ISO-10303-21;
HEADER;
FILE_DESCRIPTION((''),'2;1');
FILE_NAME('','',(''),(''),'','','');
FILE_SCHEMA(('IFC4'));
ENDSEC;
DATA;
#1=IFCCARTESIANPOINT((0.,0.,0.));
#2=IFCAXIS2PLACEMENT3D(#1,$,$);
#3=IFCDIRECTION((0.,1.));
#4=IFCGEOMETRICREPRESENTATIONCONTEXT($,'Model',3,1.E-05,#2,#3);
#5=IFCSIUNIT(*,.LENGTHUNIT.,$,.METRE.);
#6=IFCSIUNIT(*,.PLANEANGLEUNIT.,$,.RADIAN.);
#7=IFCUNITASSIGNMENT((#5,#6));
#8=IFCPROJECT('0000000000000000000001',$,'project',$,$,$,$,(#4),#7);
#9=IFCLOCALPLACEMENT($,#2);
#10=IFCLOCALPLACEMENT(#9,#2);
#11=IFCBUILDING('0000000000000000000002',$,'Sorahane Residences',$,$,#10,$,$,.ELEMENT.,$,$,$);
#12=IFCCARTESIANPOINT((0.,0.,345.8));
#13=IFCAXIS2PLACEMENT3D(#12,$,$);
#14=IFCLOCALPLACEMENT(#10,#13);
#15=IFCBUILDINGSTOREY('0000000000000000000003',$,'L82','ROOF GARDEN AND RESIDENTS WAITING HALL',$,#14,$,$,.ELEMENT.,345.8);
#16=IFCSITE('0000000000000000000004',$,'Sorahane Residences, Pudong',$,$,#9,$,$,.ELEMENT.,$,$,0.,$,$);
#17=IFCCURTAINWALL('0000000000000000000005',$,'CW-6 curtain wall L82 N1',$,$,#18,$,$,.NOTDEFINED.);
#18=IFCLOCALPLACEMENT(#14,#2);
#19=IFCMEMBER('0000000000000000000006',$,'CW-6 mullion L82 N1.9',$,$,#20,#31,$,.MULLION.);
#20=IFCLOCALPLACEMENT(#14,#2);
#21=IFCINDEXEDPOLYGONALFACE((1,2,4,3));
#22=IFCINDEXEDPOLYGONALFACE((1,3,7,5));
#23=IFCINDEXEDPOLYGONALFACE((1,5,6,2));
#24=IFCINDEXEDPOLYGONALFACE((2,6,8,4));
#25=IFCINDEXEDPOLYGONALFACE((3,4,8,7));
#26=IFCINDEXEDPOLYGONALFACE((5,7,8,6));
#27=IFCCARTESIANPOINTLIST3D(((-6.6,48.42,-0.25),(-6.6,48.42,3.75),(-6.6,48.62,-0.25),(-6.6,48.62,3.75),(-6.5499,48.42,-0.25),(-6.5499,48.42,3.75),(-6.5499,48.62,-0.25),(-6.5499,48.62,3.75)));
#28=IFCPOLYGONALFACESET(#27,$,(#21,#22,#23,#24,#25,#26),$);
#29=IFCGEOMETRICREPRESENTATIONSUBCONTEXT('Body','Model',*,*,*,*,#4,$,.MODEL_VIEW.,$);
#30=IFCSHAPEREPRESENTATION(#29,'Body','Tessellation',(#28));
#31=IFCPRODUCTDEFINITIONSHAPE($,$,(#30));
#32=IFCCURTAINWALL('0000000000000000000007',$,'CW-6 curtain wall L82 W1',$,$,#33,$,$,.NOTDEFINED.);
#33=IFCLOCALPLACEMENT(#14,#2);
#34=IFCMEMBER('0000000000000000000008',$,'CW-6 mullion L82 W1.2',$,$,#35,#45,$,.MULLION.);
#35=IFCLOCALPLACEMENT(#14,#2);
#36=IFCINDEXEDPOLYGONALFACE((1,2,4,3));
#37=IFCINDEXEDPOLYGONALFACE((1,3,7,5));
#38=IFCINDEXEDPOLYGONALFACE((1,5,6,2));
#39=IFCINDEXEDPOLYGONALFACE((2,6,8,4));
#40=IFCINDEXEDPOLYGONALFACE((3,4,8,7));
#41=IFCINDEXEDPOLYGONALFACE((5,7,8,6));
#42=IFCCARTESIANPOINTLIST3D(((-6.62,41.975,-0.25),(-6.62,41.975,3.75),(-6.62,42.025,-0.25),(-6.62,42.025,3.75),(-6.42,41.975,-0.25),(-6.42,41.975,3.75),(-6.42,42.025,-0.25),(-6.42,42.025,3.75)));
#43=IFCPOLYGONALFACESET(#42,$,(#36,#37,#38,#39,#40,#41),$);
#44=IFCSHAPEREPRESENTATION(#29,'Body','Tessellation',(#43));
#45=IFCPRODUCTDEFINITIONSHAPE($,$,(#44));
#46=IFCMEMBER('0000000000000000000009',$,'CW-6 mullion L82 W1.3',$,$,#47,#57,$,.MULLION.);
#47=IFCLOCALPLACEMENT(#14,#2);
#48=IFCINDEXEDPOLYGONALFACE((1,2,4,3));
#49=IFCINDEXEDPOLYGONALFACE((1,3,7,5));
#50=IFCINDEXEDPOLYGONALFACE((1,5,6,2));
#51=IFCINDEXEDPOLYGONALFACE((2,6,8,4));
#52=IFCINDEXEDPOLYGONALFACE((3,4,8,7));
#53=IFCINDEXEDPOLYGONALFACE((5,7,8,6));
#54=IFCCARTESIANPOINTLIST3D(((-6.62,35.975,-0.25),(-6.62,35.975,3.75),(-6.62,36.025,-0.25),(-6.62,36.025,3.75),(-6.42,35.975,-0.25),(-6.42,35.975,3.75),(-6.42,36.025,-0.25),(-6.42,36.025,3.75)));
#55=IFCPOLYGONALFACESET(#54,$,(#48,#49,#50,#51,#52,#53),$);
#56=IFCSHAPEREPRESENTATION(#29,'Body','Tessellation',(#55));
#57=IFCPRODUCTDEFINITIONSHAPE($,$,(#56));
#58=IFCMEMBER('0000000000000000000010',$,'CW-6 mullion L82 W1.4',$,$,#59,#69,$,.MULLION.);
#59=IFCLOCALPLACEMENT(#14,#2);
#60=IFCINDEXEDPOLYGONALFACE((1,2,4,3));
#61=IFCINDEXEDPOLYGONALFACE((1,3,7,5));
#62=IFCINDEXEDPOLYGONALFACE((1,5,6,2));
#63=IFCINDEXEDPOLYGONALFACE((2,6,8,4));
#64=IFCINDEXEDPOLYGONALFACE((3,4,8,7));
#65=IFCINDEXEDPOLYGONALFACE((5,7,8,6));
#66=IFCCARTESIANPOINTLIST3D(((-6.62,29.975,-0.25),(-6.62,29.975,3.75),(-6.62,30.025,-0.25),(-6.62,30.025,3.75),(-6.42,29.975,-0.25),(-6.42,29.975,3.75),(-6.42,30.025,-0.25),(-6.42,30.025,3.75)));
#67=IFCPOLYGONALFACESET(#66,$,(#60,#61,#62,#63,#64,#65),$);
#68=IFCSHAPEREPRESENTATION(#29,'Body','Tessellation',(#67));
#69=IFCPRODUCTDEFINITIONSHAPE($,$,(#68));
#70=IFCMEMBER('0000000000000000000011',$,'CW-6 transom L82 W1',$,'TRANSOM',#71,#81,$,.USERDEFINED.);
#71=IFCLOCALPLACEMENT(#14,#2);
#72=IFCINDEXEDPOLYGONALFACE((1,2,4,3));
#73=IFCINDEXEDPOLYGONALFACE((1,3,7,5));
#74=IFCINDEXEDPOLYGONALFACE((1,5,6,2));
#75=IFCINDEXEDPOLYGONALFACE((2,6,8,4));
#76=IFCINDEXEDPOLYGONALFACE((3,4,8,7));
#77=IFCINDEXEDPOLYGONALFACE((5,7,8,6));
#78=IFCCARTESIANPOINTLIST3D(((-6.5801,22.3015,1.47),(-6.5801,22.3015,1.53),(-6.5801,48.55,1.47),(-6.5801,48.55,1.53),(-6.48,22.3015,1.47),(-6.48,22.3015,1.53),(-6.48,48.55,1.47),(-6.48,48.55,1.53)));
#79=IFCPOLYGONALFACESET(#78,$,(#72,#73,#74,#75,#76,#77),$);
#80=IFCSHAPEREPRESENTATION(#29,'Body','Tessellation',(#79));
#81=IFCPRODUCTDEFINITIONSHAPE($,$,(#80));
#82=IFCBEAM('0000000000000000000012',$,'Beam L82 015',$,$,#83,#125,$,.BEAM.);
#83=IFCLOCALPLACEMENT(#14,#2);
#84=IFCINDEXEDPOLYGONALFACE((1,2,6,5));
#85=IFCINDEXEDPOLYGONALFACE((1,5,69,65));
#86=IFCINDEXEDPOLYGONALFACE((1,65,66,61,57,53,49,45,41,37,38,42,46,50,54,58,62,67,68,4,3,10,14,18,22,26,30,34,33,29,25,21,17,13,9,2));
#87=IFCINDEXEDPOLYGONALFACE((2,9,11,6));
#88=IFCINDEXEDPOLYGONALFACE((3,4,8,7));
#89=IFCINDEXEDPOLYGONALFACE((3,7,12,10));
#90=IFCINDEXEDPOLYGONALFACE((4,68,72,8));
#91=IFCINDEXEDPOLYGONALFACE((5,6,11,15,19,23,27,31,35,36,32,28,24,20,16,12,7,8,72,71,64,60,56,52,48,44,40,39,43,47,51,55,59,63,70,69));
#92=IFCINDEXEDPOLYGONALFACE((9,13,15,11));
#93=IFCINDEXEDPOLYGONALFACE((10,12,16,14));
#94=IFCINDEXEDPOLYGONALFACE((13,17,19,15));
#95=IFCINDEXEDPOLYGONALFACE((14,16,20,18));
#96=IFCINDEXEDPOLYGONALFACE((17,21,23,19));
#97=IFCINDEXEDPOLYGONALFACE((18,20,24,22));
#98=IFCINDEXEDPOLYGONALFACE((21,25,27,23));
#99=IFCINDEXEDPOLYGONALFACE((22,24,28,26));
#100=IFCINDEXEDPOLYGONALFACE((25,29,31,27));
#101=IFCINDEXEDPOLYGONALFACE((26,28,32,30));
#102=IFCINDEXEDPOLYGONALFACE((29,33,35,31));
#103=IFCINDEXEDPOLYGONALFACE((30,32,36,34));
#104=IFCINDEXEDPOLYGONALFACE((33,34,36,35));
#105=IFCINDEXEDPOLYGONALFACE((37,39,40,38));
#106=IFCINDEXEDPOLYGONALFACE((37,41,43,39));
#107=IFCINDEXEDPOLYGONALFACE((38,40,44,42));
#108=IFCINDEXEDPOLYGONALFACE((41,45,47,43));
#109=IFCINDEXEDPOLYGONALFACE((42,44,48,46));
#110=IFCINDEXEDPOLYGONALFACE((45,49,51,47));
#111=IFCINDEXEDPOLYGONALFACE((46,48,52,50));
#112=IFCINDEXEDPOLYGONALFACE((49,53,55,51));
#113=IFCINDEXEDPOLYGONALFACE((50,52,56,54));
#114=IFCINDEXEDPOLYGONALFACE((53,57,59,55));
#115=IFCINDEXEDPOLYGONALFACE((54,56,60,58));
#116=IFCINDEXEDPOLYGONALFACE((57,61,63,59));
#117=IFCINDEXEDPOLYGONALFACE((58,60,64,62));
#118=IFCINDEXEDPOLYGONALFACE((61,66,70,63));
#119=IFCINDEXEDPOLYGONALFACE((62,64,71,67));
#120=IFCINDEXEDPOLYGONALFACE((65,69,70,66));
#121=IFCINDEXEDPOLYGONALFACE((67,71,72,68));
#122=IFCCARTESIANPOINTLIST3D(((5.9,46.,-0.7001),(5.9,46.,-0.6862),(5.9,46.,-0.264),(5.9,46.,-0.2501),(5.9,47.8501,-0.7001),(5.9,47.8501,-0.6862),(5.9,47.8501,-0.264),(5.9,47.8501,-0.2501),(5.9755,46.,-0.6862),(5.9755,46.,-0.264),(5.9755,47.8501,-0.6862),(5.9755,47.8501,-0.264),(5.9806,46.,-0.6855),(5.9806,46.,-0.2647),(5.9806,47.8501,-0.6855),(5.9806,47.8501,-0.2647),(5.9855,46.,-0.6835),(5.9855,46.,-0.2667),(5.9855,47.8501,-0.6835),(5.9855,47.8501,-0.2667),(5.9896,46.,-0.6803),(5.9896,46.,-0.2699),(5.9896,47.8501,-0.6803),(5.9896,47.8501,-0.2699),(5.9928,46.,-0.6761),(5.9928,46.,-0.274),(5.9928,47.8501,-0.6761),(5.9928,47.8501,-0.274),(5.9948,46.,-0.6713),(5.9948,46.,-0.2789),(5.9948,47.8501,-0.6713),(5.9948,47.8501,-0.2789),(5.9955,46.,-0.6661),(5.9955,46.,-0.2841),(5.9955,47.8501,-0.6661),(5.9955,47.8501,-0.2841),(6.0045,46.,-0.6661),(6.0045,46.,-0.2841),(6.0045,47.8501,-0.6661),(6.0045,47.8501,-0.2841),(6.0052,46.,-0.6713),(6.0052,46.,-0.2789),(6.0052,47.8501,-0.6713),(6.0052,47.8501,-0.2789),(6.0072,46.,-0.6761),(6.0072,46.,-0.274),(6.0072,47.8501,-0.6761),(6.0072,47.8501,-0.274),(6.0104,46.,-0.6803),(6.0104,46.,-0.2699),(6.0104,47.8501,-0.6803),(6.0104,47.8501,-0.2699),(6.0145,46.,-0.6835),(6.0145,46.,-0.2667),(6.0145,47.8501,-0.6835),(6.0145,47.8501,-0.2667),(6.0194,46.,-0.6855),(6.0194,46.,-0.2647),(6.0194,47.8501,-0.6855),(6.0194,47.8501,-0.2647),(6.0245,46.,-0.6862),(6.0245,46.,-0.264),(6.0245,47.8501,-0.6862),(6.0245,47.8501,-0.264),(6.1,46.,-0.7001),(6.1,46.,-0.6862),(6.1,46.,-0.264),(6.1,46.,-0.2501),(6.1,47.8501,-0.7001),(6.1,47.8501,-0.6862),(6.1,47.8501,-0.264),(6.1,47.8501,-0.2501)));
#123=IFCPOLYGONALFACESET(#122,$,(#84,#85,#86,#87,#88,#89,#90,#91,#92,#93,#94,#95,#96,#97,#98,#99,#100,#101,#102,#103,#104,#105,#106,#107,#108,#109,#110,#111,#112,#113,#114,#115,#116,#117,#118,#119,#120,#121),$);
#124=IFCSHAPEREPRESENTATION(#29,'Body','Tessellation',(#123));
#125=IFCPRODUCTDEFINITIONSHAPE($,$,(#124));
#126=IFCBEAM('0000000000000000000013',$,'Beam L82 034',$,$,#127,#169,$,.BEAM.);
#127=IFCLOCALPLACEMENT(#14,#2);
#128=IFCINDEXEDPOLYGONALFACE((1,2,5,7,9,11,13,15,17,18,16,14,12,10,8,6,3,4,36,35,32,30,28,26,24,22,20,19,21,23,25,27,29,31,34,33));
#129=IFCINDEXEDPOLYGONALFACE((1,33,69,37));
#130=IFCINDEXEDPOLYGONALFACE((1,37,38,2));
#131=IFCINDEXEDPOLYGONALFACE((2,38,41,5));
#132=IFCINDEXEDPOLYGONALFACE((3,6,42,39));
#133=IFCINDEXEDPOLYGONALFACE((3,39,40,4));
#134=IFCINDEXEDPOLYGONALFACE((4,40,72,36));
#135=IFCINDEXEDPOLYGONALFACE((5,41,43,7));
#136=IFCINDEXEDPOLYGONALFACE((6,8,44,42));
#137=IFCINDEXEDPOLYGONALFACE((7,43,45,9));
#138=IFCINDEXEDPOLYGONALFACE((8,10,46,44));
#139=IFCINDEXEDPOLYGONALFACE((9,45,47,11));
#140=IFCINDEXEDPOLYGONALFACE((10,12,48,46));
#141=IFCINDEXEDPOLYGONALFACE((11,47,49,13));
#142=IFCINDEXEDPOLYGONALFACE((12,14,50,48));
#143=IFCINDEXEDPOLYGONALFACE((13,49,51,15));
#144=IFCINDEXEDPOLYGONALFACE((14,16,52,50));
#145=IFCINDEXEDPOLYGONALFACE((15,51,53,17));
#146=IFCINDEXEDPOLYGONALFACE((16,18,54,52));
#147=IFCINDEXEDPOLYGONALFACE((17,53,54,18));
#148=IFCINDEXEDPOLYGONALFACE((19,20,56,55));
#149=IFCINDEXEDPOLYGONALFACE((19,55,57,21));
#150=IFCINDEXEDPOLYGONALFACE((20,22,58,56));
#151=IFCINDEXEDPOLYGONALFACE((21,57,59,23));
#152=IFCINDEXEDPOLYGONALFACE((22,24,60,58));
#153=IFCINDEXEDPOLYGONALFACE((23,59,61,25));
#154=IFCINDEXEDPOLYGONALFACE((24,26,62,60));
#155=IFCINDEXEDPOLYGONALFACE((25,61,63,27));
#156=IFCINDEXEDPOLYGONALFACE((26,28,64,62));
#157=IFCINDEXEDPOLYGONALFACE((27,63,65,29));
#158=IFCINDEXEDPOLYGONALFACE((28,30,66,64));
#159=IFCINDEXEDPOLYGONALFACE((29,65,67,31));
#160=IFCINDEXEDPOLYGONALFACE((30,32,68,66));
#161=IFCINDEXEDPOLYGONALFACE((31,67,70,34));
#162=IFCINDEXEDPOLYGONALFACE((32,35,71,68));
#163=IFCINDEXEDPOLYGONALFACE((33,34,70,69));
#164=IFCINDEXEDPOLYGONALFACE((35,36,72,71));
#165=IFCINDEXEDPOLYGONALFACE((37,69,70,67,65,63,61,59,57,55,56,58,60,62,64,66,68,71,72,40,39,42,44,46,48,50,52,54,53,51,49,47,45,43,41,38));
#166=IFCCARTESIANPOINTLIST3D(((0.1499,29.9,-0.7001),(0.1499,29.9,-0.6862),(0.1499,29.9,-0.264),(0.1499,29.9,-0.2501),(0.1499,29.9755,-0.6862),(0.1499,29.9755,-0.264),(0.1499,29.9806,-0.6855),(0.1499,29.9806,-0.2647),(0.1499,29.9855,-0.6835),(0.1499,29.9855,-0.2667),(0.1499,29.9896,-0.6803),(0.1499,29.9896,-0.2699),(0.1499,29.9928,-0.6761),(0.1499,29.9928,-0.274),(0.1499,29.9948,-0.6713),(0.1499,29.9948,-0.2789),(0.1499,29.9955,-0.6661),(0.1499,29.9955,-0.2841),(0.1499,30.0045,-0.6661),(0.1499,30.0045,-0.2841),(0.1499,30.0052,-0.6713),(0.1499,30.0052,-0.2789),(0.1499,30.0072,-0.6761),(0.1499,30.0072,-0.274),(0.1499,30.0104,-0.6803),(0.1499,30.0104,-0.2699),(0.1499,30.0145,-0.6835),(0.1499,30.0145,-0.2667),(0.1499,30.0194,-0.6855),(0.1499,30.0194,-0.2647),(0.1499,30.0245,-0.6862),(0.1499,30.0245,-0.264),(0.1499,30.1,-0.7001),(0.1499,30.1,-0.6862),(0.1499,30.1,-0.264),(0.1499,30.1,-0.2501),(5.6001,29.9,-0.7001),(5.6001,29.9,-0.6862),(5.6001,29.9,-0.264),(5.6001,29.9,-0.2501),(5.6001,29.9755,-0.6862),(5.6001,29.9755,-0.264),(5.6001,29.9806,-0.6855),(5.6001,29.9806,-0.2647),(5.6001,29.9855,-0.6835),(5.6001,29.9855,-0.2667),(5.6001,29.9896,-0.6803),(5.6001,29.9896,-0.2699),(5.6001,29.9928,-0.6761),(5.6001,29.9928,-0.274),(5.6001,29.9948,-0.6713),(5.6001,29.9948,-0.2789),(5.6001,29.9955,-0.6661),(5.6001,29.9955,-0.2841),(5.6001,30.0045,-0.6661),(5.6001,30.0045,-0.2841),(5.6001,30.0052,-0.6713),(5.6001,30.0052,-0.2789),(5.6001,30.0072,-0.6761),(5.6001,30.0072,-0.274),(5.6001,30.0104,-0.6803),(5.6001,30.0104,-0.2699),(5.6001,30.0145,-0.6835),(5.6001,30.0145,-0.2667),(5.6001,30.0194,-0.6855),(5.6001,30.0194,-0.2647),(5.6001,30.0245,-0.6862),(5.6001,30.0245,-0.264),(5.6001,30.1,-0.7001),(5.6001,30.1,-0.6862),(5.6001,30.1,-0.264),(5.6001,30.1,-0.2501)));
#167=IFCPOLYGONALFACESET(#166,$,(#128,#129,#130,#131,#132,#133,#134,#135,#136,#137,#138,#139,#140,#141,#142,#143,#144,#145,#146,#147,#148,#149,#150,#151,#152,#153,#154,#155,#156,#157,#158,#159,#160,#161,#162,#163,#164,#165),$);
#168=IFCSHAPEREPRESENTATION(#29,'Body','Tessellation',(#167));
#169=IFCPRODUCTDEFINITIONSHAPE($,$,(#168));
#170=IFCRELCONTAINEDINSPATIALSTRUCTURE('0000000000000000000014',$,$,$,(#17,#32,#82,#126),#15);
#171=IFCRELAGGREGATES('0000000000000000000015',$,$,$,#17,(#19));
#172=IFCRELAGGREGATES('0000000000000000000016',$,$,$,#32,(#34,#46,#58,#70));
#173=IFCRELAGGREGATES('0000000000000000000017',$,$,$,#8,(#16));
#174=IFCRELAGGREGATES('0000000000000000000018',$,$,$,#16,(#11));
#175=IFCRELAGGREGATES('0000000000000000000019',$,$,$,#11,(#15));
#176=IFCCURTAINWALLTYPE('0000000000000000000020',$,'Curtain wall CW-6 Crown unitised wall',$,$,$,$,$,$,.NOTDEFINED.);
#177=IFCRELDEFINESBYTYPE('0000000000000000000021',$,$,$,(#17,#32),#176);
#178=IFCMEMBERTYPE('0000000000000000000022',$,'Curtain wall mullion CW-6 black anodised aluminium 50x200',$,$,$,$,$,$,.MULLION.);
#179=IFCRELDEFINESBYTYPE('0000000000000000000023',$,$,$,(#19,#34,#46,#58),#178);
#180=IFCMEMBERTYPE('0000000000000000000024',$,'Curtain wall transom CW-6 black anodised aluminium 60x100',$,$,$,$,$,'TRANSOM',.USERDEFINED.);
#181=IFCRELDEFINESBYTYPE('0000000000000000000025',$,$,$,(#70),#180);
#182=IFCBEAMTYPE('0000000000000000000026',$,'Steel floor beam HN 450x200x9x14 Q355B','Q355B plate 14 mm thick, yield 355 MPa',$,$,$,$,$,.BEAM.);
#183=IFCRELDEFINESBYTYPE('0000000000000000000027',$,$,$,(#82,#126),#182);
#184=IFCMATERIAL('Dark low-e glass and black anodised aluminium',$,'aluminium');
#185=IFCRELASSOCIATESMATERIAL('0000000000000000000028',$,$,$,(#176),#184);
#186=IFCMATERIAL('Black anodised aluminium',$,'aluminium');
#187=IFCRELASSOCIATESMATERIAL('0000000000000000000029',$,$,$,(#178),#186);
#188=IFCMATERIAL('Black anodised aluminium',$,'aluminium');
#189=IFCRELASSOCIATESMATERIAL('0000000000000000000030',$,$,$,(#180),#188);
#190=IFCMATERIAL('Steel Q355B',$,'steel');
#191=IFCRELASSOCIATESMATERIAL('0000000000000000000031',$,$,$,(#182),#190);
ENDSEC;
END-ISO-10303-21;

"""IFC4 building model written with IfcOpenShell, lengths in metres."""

from ifc_helpers import new_model, si_unit, direction, frame, origin, origin_2d, place, context, subcontext, project, spatial, rectangle, i_section, extrude, material, material_profile, profile_set, type_object, element, aggregate, save


model = new_model("IFC4")

# Units and contexts
model_context = context("Model", 3, precision=1e-05, world=origin(), true_north=direction((0.0, 1.0)))
body_context = subcontext(model_context, "Body", "Model", "MODEL_VIEW")
ifc_project = project(units=[si_unit("LENGTHUNIT", "METRE"), si_unit("PLANEANGLEUNIT", "RADIAN")], contexts=[model_context])

# Site, building, storey
site_placement = place(None, origin())
site = spatial("IfcSite", under=ifc_project, at=site_placement, Name="Sorahane Residences, Pudong", CompositionType="ELEMENT", RefElevation=0.0)
building_placement = place(site_placement, origin())
building = spatial("IfcBuilding", under=site, at=building_placement, Name="Sorahane Residences", CompositionType="ELEMENT")
storey_placement = place(building_placement, frame((0.0, 0.0, 345.8)))
storey = spatial("IfcBuildingStorey", under=building, at=storey_placement, Name="L82", Description="ROOF GARDEN AND RESIDENTS WAITING HALL", CompositionType="ELEMENT", Elevation=345.8)

# Curtain walls, members
ifc_material_1 = material(Name="Dark low-e glass and black anodised aluminium", Category="aluminium")
curtain_wall_type = type_object("IfcCurtainWallType", Name="Curtain wall CW-6 Crown unitised wall", PredefinedType="NOTDEFINED", material=ifc_material_1)
curtain_wall_1_placement = place(storey_placement, origin())
curtain_wall_1 = element("IfcCurtainWall", 1, at=curtain_wall_1_placement, inside=storey, type_object=curtain_wall_type, Name="CW-6 curtain wall L82 N1", PredefinedType="NOTDEFINED")
ifc_material_2 = material(Name="Black anodised aluminium", Category="aluminium")
ifc_material_profile_1 = material_profile(ifc_material_2, rectangle(XDim=0.2, YDim=0.05, at=origin_2d()), Name="Curtain wall mullion CW-6 black anodised aluminium 50x200")
ifc_profile_set_1 = profile_set([ifc_material_profile_1], Name="Black anodised aluminium")
member_type_1 = type_object("IfcMemberType", Name="Curtain wall mullion CW-6 black anodised aluminium 50x200", PredefinedType="MULLION", material=ifc_profile_set_1)
member_1_placement = place(storey_placement, frame((-6.575, 48.52, -0.25), z_axis=(0.0, 0.0, 1.0), x_axis=(0.0, 1.0, 0.0)))
member_1 = element("IfcMember", 2, at=member_1_placement, type_object=member_type_1, Name="CW-6 mullion L82 N1.9", PredefinedType="MULLION", context=body_context, shape_type="SweptSolid", body=[
    extrude(rectangle(XDim=0.2, YDim=0.05, at=origin_2d()), origin(), (0.0, 0.0, 1.0), 4.0),
])
curtain_wall_2_placement = place(storey_placement, origin())
curtain_wall_2 = element("IfcCurtainWall", 3, at=curtain_wall_2_placement, inside=storey, type_object=curtain_wall_type, Name="CW-6 curtain wall L82 W1", PredefinedType="NOTDEFINED")
member_2_placement = place(storey_placement, frame((-6.52, 42.0, -0.25), z_axis=(0.0, 0.0, 1.0), x_axis=(-1.0, 0.0, 0.0)))
member_2 = element("IfcMember", 4, at=member_2_placement, type_object=member_type_1, Name="CW-6 mullion L82 W1.2", PredefinedType="MULLION", context=body_context, shape_type="SweptSolid", body=[
    extrude(rectangle(XDim=0.2, YDim=0.05, at=origin_2d()), origin(), (0.0, 0.0, 1.0), 4.0),
])
member_3_placement = place(storey_placement, frame((-6.52, 36.0, -0.25), z_axis=(0.0, 0.0, 1.0), x_axis=(-1.0, 0.0, 0.0)))
member_3 = element("IfcMember", 5, at=member_3_placement, type_object=member_type_1, Name="CW-6 mullion L82 W1.3", PredefinedType="MULLION", context=body_context, shape_type="SweptSolid", body=[
    extrude(rectangle(XDim=0.2, YDim=0.05, at=origin_2d()), origin(), (0.0, 0.0, 1.0), 4.0),
])
member_4_placement = place(storey_placement, frame((-6.52, 30.0, -0.25), z_axis=(0.0, 0.0, 1.0), x_axis=(-1.0, 0.0, 0.0)))
member_4 = element("IfcMember", 6, at=member_4_placement, type_object=member_type_1, Name="CW-6 mullion L82 W1.4", PredefinedType="MULLION", context=body_context, shape_type="SweptSolid", body=[
    extrude(rectangle(XDim=0.2, YDim=0.05, at=origin_2d()), origin(), (0.0, 0.0, 1.0), 4.0),
])
ifc_material_3 = material(Name="Black anodised aluminium", Category="aluminium")
ifc_material_profile_2 = material_profile(ifc_material_3, rectangle(XDim=0.1001, YDim=0.0601, at=origin_2d()), Name="Curtain wall transom CW-6 black anodised aluminium 60x100")
ifc_profile_set_2 = profile_set([ifc_material_profile_2], Name="Black anodised aluminium")
member_type_2 = type_object("IfcMemberType", Name="Curtain wall transom CW-6 black anodised aluminium 60x100", ElementType="TRANSOM", PredefinedType="USERDEFINED", material=ifc_profile_set_2)
member_5_placement = place(storey_placement, frame((-6.53, 48.55, 1.5), z_axis=(0.0, -1.0, 0.0), x_axis=(1.0, 0.0, 0.0)))
member_5 = element("IfcMember", 7, at=member_5_placement, type_object=member_type_2, Name="CW-6 transom L82 W1", ObjectType="TRANSOM", PredefinedType="USERDEFINED", context=body_context, shape_type="SweptSolid", body=[
    extrude(rectangle(XDim=0.1001, YDim=0.0601, at=origin_2d()), origin(), (0.0, 0.0, 1.0), 26.2485),
])

# Beams
ifc_material_4 = material(Name="Steel Q355B", Category="steel")
ifc_material_profile_3 = material_profile(ifc_material_4, i_section(OverallWidth=0.2, OverallDepth=0.45, WebThickness=0.009, FlangeThickness=0.0139, FilletRadius=0.02, at=origin_2d()), Name="HN 450x200x9x14")
ifc_profile_set_3 = profile_set([ifc_material_profile_3], Name="Steel Q355B")
beam_type_1 = type_object("IfcBeamType", Name="Steel floor beam HN 450x200x9x14 Q355B", Description="Q355B plate 14 mm thick, yield 355 MPa", PredefinedType="BEAM", material=ifc_profile_set_3)
beam_1_placement = place(storey_placement, frame((6.0, 46.0, -0.4751), z_axis=(0.0, 1.0, 0.0), x_axis=(-1.0, 0.0, 0.0)))
element("IfcBeam", 8, at=beam_1_placement, inside=storey, type_object=beam_type_1, Name="Beam L82 015", PredefinedType="BEAM", context=body_context, shape_type="SweptSolid", body=[
    extrude(i_section(OverallWidth=0.2, OverallDepth=0.45, WebThickness=0.009, FlangeThickness=0.0139, FilletRadius=0.02, at=origin_2d()), origin(), (0.0, 0.0, 1.0), 1.8501),
])
beam_2_placement = place(storey_placement, frame((0.1499, 30.0, -0.4751), z_axis=(1.0, 0.0, 0.0), x_axis=(0.0, 1.0, 0.0)))
element("IfcBeam", 9, at=beam_2_placement, inside=storey, type_object=beam_type_1, Name="Beam L82 034", PredefinedType="BEAM", context=body_context, shape_type="SweptSolid", body=[
    extrude(i_section(OverallWidth=0.2, OverallDepth=0.45, WebThickness=0.009, FlangeThickness=0.0139, FilletRadius=0.02, at=origin_2d()), origin(), (0.0, 0.0, 1.0), 5.4502),
])

aggregate(curtain_wall_1, [member_1])
aggregate(curtain_wall_2, [member_2, member_3, member_4, member_5])

save(model, "model.ifc")
